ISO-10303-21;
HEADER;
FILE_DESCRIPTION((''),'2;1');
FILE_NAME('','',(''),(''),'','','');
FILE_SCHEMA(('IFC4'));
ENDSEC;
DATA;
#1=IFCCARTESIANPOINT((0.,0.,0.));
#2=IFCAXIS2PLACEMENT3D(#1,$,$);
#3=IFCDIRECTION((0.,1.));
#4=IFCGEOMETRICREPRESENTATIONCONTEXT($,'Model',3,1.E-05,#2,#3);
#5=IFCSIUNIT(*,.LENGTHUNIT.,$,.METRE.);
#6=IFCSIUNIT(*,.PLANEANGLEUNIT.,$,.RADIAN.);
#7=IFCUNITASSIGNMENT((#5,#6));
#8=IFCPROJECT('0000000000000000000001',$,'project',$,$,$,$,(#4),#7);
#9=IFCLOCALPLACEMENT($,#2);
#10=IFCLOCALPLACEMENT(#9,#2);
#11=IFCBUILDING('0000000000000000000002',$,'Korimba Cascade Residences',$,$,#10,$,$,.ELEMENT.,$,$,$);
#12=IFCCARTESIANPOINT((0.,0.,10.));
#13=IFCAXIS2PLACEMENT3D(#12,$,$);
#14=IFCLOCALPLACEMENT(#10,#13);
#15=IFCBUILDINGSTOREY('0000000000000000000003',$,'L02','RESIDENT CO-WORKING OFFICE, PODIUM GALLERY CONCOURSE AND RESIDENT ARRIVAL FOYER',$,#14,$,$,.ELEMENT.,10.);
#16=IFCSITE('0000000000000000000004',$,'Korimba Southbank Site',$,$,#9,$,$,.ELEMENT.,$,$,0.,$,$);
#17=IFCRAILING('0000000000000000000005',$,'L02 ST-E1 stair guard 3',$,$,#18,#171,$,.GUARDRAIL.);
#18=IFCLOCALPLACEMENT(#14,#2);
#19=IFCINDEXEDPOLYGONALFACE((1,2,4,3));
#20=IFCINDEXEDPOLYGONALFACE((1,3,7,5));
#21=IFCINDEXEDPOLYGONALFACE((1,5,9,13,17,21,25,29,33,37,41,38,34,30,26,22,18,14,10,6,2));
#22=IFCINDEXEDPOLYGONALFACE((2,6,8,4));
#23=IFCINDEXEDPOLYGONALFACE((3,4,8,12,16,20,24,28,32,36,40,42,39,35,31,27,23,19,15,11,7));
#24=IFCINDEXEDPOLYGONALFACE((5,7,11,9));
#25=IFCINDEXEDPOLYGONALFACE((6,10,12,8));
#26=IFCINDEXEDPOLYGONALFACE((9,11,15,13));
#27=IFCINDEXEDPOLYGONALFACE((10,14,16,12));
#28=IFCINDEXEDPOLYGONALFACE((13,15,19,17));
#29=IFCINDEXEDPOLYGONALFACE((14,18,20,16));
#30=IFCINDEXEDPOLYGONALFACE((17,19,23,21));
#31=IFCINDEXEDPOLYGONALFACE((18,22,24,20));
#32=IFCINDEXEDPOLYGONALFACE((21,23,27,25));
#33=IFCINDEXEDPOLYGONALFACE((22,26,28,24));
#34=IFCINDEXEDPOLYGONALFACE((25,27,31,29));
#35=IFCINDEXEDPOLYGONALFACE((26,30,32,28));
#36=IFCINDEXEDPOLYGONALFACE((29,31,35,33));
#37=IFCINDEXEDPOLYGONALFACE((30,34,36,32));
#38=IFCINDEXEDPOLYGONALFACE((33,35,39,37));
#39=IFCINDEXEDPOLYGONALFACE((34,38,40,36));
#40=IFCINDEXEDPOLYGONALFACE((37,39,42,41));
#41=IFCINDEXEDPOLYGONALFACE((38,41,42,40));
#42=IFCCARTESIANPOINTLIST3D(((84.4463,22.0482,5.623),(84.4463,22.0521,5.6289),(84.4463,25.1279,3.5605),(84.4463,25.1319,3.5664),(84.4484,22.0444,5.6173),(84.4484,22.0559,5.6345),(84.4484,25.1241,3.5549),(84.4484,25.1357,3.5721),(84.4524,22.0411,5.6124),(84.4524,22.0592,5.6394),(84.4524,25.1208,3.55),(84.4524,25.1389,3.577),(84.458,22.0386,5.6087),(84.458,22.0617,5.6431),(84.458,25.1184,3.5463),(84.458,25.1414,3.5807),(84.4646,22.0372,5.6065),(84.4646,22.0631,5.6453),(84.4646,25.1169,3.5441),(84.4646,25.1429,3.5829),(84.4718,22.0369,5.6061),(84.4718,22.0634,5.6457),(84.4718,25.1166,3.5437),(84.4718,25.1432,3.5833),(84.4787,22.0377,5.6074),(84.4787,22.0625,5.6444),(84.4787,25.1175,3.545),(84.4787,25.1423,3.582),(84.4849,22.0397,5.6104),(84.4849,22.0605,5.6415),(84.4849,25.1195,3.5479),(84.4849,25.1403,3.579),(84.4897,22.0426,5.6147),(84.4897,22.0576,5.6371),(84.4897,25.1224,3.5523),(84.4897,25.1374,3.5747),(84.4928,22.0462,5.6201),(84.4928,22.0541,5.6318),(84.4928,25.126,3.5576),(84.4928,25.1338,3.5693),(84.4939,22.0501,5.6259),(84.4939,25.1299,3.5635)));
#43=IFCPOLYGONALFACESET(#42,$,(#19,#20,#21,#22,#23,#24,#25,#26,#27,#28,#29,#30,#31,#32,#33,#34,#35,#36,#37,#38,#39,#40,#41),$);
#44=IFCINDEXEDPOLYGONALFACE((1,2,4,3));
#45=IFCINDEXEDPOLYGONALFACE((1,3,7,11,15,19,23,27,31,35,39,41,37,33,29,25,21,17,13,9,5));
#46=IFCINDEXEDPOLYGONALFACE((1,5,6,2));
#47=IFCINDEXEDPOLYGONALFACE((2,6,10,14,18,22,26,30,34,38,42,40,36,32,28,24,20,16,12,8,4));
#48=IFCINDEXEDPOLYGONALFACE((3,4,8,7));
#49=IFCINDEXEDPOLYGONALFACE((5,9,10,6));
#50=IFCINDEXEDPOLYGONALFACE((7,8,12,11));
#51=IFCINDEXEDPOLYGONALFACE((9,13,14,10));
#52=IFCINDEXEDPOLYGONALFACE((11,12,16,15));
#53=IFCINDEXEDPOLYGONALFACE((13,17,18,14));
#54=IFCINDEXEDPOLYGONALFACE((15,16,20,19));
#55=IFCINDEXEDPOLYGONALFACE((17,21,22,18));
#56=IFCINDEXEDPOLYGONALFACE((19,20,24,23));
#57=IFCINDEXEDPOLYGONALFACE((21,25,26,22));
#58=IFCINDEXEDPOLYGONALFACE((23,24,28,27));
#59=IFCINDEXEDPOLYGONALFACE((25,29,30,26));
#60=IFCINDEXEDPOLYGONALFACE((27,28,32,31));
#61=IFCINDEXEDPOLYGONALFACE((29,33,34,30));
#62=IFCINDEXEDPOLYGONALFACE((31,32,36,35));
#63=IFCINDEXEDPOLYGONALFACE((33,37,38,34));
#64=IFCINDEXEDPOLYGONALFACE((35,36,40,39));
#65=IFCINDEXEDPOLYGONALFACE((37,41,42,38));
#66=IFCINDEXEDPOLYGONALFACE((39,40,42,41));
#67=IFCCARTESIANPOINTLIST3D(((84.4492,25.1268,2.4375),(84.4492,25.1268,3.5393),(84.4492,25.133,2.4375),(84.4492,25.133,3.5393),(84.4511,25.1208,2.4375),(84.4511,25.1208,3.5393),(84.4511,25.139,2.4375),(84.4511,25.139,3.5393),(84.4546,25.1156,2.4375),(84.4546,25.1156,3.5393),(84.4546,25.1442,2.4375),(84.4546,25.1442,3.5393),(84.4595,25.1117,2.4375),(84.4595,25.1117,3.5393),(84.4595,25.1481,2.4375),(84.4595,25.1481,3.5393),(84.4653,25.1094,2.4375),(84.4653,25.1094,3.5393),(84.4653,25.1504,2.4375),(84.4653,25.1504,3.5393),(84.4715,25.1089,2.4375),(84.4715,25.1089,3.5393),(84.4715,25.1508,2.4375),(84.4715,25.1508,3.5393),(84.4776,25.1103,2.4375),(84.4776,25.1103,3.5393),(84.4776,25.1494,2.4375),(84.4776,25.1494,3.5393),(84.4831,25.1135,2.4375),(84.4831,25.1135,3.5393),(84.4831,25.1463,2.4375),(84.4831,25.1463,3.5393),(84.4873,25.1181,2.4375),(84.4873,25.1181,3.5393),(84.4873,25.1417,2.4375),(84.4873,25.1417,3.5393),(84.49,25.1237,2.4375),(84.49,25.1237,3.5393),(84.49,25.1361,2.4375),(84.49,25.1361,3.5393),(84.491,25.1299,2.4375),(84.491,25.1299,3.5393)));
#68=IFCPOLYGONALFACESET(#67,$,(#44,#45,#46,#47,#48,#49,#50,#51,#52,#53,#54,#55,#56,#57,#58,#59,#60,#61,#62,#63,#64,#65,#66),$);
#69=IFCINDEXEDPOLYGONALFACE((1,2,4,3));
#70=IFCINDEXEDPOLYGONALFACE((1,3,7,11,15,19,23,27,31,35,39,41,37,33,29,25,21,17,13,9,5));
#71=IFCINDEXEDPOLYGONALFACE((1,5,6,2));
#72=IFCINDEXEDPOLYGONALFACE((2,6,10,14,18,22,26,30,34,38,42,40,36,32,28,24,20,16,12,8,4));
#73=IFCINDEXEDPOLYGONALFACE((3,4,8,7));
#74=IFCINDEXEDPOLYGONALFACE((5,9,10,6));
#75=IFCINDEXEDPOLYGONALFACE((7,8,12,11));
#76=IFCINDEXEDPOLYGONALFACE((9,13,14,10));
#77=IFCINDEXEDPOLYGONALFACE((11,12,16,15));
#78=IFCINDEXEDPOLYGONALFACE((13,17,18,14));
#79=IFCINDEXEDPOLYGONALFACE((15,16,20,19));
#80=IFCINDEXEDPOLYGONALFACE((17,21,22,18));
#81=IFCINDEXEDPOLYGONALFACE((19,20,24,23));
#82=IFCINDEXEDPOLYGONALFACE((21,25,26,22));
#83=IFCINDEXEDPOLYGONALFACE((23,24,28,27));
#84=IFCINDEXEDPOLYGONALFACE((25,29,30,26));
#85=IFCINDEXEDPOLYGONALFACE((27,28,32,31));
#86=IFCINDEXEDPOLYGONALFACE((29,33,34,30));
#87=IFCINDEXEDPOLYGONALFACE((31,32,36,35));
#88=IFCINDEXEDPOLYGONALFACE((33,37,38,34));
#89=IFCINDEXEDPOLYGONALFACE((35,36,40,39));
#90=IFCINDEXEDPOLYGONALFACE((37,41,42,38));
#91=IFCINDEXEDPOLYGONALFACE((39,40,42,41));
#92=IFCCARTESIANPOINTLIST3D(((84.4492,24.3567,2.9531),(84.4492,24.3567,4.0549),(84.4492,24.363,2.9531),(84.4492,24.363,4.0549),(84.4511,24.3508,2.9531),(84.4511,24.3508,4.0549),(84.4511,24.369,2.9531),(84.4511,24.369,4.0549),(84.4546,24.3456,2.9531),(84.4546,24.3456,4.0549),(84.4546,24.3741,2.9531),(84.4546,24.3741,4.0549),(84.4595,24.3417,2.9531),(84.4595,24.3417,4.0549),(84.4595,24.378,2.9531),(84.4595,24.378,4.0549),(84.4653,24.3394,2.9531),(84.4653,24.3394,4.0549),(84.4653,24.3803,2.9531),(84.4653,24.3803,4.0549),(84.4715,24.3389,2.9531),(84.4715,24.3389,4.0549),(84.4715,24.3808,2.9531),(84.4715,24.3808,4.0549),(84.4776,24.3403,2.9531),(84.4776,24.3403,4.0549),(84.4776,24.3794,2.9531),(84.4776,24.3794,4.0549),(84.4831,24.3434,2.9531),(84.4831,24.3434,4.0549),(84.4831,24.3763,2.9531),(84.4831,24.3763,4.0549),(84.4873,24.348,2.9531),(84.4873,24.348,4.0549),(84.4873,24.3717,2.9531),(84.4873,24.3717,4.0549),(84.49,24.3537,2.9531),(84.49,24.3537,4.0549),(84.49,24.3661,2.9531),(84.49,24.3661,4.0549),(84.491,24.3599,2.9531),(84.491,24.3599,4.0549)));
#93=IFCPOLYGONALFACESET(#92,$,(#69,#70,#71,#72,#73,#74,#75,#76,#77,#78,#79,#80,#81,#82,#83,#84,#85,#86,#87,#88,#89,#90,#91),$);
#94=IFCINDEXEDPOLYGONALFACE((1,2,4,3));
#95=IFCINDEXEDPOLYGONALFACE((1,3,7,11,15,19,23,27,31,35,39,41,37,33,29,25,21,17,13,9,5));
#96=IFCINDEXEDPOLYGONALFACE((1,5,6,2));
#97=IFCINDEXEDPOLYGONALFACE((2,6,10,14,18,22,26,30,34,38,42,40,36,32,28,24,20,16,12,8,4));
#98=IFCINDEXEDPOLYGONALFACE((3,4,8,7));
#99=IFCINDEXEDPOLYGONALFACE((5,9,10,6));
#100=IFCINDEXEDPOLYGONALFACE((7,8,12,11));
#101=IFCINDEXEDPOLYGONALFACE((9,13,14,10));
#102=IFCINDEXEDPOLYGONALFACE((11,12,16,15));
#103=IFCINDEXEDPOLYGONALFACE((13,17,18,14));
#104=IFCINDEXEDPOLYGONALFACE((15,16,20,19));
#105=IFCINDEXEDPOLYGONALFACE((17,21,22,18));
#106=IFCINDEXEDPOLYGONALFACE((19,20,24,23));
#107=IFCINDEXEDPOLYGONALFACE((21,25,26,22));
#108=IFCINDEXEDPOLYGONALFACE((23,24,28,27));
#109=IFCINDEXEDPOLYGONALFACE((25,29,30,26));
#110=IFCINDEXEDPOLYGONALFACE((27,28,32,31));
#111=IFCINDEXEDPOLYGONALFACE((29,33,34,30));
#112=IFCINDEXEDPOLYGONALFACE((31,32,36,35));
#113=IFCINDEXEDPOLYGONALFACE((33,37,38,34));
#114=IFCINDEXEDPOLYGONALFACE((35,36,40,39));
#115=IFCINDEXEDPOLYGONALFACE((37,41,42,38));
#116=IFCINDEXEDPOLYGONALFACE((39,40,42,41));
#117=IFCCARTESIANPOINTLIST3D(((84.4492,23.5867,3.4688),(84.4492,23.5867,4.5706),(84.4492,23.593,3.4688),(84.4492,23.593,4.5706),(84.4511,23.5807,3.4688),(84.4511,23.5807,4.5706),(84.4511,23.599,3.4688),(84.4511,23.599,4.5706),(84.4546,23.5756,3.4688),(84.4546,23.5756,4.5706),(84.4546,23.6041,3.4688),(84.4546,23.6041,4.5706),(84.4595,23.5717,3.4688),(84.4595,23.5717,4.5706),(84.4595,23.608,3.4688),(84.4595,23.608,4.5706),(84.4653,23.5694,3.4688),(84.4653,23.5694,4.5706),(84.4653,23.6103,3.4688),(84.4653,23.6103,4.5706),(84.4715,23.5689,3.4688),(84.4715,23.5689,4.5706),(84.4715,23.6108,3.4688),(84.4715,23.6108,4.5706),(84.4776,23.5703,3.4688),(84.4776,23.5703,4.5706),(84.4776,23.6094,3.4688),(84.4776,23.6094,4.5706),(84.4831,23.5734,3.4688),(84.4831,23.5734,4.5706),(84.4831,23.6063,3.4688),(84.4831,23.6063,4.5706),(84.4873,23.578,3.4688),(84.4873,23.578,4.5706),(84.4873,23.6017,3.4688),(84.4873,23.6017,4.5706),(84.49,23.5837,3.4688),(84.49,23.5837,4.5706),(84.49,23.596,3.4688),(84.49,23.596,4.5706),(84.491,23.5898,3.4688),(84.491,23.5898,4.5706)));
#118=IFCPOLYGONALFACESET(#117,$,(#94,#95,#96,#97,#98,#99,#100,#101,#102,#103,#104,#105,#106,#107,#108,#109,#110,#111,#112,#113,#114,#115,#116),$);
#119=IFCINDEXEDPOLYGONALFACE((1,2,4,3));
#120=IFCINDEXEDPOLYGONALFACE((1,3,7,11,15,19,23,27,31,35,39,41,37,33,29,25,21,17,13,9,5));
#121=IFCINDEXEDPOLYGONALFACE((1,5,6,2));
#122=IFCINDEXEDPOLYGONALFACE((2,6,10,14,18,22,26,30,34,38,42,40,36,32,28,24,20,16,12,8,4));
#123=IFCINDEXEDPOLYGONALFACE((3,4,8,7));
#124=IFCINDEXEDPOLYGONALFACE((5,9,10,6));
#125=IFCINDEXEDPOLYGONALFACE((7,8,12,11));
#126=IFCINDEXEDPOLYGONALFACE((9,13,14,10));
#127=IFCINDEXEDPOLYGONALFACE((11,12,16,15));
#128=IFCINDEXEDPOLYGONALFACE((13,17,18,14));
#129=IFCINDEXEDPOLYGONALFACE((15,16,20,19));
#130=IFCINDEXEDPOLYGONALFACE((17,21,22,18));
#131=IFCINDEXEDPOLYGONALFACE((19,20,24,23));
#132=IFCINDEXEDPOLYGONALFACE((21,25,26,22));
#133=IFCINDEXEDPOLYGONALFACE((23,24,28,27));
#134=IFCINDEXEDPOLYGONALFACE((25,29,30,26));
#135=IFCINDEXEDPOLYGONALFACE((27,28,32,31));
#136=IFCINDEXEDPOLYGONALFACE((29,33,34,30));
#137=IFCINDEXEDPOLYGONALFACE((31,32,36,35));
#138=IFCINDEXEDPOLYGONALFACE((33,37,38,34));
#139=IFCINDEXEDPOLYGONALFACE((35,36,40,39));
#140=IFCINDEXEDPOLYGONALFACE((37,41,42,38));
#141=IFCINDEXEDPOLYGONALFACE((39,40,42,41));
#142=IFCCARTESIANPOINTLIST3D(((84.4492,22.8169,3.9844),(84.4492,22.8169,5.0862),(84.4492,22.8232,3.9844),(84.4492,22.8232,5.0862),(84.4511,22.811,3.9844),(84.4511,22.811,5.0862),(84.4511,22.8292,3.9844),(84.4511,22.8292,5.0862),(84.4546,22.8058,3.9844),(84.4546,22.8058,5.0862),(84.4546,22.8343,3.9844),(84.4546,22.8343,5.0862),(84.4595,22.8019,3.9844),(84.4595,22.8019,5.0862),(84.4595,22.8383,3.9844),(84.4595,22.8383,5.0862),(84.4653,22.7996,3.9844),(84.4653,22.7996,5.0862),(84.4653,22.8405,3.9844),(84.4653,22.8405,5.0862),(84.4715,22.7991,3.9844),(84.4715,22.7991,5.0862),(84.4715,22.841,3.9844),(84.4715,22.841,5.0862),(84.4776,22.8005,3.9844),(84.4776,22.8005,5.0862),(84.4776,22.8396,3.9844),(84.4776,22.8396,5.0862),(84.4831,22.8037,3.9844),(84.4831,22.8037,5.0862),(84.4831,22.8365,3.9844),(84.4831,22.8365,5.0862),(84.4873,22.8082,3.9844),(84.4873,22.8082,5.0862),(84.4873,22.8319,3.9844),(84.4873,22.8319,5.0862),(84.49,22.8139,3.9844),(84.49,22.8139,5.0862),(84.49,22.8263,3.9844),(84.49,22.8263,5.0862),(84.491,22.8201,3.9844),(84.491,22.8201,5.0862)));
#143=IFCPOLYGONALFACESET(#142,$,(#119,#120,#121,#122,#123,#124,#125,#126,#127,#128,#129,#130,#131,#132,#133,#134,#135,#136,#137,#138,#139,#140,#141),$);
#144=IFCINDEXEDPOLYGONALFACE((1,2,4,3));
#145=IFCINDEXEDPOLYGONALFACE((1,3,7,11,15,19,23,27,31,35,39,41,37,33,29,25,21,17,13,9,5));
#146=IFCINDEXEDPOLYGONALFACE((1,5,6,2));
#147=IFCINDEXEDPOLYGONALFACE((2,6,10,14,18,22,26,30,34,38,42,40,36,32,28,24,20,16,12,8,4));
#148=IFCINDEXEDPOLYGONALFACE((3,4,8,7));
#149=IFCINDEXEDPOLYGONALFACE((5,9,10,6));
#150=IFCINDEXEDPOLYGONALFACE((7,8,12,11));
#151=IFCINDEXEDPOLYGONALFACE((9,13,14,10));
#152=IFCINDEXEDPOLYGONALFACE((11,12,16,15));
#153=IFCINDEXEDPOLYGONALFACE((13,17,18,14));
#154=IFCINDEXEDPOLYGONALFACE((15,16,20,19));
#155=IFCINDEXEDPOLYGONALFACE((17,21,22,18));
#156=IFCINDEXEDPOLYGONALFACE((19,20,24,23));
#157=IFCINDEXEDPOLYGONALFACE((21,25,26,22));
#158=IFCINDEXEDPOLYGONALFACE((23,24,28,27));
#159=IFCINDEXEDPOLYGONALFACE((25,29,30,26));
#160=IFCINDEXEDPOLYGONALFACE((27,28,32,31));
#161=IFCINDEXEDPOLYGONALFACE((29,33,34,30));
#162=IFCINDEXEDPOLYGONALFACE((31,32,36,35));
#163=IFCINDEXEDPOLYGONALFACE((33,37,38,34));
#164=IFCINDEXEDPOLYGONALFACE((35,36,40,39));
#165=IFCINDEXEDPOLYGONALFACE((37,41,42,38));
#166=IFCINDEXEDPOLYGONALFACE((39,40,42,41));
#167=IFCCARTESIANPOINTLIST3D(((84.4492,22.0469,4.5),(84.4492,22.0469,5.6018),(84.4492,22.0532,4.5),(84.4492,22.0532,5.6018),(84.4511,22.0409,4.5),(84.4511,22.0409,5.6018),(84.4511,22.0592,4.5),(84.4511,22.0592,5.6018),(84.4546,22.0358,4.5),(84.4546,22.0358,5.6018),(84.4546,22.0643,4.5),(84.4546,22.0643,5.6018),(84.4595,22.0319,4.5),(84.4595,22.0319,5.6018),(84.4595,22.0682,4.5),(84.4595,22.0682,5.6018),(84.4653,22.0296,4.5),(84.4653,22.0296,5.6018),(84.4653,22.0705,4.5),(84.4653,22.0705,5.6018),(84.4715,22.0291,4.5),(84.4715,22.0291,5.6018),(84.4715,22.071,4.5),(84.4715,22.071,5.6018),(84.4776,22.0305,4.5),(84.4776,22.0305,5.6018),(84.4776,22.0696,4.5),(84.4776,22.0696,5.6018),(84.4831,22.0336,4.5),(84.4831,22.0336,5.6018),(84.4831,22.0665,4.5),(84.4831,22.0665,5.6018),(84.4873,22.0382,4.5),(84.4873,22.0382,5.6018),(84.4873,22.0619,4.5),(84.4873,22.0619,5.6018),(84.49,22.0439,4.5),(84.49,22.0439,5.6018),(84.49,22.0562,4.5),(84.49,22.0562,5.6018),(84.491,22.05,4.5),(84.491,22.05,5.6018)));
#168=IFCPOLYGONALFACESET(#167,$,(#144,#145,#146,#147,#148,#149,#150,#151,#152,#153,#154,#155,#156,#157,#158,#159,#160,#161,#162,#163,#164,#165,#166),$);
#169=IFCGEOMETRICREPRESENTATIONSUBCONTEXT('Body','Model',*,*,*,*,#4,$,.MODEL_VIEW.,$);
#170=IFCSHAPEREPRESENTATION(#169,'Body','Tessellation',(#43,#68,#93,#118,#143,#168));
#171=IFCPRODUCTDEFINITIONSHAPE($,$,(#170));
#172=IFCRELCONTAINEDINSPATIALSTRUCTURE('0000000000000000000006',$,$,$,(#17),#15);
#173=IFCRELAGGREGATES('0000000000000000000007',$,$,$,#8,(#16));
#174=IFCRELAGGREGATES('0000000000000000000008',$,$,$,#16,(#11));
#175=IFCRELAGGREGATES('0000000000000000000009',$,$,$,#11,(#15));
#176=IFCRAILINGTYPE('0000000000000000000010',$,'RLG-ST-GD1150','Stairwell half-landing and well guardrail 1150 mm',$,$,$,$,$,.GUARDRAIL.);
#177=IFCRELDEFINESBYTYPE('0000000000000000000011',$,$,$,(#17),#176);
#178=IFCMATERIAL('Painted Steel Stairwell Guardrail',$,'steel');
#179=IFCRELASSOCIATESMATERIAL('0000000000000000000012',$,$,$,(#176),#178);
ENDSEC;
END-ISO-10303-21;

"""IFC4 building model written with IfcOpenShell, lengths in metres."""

from ifc_helpers import new_model, si_unit, direction, frame, origin, origin_2d, place, context, subcontext, project, spatial, circle, extrude, material, type_object, element, save


model = new_model("IFC4")

# Units and contexts
model_context = context("Model", 3, precision=1e-05, world=origin(), true_north=direction((0.0, 1.0)))
body_context = subcontext(model_context, "Body", "Model", "MODEL_VIEW")
ifc_project = project(units=[si_unit("LENGTHUNIT", "METRE"), si_unit("PLANEANGLEUNIT", "RADIAN")], contexts=[model_context])

# Site, building, storey
site_placement = place(None, origin())
site = spatial("IfcSite", under=ifc_project, at=site_placement, Name="Korimba Southbank Site", CompositionType="ELEMENT", RefElevation=0.0)
building_placement = place(site_placement, origin())
building = spatial("IfcBuilding", under=site, at=building_placement, Name="Korimba Cascade Residences", CompositionType="ELEMENT")
storey_placement = place(building_placement, frame((0.0, 0.0, 10.0)))
storey = spatial("IfcBuildingStorey", under=building, at=storey_placement, Name="L02", Description="RESIDENT CO-WORKING OFFICE, PODIUM GALLERY CONCOURSE AND RESIDENT ARRIVAL FOYER", CompositionType="ELEMENT", Elevation=10.0)

# Railing
ifc_material_1 = material(Name="Painted Steel Stairwell Guardrail", Category="steel")
railing_type_1 = type_object("IfcRailingType", Name="RLG-ST-GD1150", Description="Stairwell half-landing and well guardrail 1150 mm", PredefinedType="GUARDRAIL", material=ifc_material_1)
railing_1_placement = place(storey_placement, frame((84.47, 25.1299, 2.4375)))
element("IfcRailing", 1, at=railing_1_placement, inside=storey, type_object=railing_type_1, Name="L02 ST-E1 stair guard 3", PredefinedType="GUARDRAIL", context=body_context, shape_type="SweptSolid", body=[
    extrude(circle(Radius=0.0239, at=origin_2d()), frame((0.0, 0.0, 1.126), z_axis=(0.0, -0.830893, 0.556432), x_axis=(1.0, 0.0, 0.0)), (0.0, 0.0, 1.0), 3.7065),
    extrude(circle(Radius=0.021, at=origin_2d()), origin(), (0.0, 0.0, 1.0), 1.1018),
    extrude(circle(Radius=0.021, at=origin_2d()), frame((0.0, -0.77, 0.5156)), (0.0, 0.0, 1.0), 1.1018),
    extrude(circle(Radius=0.021, at=origin_2d()), frame((0.0, -1.54, 1.0312)), (0.0, 0.0, 1.0), 1.1018),
    extrude(circle(Radius=0.021, at=origin_2d()), frame((0.0, -2.3098, 1.5469)), (0.0, 0.0, 1.0), 1.1018),
    extrude(circle(Radius=0.021, at=origin_2d()), frame((0.0, -3.0798, 2.0625)), (0.0, 0.0, 1.0), 1.1018),
])

save(model, "model.ifc")
